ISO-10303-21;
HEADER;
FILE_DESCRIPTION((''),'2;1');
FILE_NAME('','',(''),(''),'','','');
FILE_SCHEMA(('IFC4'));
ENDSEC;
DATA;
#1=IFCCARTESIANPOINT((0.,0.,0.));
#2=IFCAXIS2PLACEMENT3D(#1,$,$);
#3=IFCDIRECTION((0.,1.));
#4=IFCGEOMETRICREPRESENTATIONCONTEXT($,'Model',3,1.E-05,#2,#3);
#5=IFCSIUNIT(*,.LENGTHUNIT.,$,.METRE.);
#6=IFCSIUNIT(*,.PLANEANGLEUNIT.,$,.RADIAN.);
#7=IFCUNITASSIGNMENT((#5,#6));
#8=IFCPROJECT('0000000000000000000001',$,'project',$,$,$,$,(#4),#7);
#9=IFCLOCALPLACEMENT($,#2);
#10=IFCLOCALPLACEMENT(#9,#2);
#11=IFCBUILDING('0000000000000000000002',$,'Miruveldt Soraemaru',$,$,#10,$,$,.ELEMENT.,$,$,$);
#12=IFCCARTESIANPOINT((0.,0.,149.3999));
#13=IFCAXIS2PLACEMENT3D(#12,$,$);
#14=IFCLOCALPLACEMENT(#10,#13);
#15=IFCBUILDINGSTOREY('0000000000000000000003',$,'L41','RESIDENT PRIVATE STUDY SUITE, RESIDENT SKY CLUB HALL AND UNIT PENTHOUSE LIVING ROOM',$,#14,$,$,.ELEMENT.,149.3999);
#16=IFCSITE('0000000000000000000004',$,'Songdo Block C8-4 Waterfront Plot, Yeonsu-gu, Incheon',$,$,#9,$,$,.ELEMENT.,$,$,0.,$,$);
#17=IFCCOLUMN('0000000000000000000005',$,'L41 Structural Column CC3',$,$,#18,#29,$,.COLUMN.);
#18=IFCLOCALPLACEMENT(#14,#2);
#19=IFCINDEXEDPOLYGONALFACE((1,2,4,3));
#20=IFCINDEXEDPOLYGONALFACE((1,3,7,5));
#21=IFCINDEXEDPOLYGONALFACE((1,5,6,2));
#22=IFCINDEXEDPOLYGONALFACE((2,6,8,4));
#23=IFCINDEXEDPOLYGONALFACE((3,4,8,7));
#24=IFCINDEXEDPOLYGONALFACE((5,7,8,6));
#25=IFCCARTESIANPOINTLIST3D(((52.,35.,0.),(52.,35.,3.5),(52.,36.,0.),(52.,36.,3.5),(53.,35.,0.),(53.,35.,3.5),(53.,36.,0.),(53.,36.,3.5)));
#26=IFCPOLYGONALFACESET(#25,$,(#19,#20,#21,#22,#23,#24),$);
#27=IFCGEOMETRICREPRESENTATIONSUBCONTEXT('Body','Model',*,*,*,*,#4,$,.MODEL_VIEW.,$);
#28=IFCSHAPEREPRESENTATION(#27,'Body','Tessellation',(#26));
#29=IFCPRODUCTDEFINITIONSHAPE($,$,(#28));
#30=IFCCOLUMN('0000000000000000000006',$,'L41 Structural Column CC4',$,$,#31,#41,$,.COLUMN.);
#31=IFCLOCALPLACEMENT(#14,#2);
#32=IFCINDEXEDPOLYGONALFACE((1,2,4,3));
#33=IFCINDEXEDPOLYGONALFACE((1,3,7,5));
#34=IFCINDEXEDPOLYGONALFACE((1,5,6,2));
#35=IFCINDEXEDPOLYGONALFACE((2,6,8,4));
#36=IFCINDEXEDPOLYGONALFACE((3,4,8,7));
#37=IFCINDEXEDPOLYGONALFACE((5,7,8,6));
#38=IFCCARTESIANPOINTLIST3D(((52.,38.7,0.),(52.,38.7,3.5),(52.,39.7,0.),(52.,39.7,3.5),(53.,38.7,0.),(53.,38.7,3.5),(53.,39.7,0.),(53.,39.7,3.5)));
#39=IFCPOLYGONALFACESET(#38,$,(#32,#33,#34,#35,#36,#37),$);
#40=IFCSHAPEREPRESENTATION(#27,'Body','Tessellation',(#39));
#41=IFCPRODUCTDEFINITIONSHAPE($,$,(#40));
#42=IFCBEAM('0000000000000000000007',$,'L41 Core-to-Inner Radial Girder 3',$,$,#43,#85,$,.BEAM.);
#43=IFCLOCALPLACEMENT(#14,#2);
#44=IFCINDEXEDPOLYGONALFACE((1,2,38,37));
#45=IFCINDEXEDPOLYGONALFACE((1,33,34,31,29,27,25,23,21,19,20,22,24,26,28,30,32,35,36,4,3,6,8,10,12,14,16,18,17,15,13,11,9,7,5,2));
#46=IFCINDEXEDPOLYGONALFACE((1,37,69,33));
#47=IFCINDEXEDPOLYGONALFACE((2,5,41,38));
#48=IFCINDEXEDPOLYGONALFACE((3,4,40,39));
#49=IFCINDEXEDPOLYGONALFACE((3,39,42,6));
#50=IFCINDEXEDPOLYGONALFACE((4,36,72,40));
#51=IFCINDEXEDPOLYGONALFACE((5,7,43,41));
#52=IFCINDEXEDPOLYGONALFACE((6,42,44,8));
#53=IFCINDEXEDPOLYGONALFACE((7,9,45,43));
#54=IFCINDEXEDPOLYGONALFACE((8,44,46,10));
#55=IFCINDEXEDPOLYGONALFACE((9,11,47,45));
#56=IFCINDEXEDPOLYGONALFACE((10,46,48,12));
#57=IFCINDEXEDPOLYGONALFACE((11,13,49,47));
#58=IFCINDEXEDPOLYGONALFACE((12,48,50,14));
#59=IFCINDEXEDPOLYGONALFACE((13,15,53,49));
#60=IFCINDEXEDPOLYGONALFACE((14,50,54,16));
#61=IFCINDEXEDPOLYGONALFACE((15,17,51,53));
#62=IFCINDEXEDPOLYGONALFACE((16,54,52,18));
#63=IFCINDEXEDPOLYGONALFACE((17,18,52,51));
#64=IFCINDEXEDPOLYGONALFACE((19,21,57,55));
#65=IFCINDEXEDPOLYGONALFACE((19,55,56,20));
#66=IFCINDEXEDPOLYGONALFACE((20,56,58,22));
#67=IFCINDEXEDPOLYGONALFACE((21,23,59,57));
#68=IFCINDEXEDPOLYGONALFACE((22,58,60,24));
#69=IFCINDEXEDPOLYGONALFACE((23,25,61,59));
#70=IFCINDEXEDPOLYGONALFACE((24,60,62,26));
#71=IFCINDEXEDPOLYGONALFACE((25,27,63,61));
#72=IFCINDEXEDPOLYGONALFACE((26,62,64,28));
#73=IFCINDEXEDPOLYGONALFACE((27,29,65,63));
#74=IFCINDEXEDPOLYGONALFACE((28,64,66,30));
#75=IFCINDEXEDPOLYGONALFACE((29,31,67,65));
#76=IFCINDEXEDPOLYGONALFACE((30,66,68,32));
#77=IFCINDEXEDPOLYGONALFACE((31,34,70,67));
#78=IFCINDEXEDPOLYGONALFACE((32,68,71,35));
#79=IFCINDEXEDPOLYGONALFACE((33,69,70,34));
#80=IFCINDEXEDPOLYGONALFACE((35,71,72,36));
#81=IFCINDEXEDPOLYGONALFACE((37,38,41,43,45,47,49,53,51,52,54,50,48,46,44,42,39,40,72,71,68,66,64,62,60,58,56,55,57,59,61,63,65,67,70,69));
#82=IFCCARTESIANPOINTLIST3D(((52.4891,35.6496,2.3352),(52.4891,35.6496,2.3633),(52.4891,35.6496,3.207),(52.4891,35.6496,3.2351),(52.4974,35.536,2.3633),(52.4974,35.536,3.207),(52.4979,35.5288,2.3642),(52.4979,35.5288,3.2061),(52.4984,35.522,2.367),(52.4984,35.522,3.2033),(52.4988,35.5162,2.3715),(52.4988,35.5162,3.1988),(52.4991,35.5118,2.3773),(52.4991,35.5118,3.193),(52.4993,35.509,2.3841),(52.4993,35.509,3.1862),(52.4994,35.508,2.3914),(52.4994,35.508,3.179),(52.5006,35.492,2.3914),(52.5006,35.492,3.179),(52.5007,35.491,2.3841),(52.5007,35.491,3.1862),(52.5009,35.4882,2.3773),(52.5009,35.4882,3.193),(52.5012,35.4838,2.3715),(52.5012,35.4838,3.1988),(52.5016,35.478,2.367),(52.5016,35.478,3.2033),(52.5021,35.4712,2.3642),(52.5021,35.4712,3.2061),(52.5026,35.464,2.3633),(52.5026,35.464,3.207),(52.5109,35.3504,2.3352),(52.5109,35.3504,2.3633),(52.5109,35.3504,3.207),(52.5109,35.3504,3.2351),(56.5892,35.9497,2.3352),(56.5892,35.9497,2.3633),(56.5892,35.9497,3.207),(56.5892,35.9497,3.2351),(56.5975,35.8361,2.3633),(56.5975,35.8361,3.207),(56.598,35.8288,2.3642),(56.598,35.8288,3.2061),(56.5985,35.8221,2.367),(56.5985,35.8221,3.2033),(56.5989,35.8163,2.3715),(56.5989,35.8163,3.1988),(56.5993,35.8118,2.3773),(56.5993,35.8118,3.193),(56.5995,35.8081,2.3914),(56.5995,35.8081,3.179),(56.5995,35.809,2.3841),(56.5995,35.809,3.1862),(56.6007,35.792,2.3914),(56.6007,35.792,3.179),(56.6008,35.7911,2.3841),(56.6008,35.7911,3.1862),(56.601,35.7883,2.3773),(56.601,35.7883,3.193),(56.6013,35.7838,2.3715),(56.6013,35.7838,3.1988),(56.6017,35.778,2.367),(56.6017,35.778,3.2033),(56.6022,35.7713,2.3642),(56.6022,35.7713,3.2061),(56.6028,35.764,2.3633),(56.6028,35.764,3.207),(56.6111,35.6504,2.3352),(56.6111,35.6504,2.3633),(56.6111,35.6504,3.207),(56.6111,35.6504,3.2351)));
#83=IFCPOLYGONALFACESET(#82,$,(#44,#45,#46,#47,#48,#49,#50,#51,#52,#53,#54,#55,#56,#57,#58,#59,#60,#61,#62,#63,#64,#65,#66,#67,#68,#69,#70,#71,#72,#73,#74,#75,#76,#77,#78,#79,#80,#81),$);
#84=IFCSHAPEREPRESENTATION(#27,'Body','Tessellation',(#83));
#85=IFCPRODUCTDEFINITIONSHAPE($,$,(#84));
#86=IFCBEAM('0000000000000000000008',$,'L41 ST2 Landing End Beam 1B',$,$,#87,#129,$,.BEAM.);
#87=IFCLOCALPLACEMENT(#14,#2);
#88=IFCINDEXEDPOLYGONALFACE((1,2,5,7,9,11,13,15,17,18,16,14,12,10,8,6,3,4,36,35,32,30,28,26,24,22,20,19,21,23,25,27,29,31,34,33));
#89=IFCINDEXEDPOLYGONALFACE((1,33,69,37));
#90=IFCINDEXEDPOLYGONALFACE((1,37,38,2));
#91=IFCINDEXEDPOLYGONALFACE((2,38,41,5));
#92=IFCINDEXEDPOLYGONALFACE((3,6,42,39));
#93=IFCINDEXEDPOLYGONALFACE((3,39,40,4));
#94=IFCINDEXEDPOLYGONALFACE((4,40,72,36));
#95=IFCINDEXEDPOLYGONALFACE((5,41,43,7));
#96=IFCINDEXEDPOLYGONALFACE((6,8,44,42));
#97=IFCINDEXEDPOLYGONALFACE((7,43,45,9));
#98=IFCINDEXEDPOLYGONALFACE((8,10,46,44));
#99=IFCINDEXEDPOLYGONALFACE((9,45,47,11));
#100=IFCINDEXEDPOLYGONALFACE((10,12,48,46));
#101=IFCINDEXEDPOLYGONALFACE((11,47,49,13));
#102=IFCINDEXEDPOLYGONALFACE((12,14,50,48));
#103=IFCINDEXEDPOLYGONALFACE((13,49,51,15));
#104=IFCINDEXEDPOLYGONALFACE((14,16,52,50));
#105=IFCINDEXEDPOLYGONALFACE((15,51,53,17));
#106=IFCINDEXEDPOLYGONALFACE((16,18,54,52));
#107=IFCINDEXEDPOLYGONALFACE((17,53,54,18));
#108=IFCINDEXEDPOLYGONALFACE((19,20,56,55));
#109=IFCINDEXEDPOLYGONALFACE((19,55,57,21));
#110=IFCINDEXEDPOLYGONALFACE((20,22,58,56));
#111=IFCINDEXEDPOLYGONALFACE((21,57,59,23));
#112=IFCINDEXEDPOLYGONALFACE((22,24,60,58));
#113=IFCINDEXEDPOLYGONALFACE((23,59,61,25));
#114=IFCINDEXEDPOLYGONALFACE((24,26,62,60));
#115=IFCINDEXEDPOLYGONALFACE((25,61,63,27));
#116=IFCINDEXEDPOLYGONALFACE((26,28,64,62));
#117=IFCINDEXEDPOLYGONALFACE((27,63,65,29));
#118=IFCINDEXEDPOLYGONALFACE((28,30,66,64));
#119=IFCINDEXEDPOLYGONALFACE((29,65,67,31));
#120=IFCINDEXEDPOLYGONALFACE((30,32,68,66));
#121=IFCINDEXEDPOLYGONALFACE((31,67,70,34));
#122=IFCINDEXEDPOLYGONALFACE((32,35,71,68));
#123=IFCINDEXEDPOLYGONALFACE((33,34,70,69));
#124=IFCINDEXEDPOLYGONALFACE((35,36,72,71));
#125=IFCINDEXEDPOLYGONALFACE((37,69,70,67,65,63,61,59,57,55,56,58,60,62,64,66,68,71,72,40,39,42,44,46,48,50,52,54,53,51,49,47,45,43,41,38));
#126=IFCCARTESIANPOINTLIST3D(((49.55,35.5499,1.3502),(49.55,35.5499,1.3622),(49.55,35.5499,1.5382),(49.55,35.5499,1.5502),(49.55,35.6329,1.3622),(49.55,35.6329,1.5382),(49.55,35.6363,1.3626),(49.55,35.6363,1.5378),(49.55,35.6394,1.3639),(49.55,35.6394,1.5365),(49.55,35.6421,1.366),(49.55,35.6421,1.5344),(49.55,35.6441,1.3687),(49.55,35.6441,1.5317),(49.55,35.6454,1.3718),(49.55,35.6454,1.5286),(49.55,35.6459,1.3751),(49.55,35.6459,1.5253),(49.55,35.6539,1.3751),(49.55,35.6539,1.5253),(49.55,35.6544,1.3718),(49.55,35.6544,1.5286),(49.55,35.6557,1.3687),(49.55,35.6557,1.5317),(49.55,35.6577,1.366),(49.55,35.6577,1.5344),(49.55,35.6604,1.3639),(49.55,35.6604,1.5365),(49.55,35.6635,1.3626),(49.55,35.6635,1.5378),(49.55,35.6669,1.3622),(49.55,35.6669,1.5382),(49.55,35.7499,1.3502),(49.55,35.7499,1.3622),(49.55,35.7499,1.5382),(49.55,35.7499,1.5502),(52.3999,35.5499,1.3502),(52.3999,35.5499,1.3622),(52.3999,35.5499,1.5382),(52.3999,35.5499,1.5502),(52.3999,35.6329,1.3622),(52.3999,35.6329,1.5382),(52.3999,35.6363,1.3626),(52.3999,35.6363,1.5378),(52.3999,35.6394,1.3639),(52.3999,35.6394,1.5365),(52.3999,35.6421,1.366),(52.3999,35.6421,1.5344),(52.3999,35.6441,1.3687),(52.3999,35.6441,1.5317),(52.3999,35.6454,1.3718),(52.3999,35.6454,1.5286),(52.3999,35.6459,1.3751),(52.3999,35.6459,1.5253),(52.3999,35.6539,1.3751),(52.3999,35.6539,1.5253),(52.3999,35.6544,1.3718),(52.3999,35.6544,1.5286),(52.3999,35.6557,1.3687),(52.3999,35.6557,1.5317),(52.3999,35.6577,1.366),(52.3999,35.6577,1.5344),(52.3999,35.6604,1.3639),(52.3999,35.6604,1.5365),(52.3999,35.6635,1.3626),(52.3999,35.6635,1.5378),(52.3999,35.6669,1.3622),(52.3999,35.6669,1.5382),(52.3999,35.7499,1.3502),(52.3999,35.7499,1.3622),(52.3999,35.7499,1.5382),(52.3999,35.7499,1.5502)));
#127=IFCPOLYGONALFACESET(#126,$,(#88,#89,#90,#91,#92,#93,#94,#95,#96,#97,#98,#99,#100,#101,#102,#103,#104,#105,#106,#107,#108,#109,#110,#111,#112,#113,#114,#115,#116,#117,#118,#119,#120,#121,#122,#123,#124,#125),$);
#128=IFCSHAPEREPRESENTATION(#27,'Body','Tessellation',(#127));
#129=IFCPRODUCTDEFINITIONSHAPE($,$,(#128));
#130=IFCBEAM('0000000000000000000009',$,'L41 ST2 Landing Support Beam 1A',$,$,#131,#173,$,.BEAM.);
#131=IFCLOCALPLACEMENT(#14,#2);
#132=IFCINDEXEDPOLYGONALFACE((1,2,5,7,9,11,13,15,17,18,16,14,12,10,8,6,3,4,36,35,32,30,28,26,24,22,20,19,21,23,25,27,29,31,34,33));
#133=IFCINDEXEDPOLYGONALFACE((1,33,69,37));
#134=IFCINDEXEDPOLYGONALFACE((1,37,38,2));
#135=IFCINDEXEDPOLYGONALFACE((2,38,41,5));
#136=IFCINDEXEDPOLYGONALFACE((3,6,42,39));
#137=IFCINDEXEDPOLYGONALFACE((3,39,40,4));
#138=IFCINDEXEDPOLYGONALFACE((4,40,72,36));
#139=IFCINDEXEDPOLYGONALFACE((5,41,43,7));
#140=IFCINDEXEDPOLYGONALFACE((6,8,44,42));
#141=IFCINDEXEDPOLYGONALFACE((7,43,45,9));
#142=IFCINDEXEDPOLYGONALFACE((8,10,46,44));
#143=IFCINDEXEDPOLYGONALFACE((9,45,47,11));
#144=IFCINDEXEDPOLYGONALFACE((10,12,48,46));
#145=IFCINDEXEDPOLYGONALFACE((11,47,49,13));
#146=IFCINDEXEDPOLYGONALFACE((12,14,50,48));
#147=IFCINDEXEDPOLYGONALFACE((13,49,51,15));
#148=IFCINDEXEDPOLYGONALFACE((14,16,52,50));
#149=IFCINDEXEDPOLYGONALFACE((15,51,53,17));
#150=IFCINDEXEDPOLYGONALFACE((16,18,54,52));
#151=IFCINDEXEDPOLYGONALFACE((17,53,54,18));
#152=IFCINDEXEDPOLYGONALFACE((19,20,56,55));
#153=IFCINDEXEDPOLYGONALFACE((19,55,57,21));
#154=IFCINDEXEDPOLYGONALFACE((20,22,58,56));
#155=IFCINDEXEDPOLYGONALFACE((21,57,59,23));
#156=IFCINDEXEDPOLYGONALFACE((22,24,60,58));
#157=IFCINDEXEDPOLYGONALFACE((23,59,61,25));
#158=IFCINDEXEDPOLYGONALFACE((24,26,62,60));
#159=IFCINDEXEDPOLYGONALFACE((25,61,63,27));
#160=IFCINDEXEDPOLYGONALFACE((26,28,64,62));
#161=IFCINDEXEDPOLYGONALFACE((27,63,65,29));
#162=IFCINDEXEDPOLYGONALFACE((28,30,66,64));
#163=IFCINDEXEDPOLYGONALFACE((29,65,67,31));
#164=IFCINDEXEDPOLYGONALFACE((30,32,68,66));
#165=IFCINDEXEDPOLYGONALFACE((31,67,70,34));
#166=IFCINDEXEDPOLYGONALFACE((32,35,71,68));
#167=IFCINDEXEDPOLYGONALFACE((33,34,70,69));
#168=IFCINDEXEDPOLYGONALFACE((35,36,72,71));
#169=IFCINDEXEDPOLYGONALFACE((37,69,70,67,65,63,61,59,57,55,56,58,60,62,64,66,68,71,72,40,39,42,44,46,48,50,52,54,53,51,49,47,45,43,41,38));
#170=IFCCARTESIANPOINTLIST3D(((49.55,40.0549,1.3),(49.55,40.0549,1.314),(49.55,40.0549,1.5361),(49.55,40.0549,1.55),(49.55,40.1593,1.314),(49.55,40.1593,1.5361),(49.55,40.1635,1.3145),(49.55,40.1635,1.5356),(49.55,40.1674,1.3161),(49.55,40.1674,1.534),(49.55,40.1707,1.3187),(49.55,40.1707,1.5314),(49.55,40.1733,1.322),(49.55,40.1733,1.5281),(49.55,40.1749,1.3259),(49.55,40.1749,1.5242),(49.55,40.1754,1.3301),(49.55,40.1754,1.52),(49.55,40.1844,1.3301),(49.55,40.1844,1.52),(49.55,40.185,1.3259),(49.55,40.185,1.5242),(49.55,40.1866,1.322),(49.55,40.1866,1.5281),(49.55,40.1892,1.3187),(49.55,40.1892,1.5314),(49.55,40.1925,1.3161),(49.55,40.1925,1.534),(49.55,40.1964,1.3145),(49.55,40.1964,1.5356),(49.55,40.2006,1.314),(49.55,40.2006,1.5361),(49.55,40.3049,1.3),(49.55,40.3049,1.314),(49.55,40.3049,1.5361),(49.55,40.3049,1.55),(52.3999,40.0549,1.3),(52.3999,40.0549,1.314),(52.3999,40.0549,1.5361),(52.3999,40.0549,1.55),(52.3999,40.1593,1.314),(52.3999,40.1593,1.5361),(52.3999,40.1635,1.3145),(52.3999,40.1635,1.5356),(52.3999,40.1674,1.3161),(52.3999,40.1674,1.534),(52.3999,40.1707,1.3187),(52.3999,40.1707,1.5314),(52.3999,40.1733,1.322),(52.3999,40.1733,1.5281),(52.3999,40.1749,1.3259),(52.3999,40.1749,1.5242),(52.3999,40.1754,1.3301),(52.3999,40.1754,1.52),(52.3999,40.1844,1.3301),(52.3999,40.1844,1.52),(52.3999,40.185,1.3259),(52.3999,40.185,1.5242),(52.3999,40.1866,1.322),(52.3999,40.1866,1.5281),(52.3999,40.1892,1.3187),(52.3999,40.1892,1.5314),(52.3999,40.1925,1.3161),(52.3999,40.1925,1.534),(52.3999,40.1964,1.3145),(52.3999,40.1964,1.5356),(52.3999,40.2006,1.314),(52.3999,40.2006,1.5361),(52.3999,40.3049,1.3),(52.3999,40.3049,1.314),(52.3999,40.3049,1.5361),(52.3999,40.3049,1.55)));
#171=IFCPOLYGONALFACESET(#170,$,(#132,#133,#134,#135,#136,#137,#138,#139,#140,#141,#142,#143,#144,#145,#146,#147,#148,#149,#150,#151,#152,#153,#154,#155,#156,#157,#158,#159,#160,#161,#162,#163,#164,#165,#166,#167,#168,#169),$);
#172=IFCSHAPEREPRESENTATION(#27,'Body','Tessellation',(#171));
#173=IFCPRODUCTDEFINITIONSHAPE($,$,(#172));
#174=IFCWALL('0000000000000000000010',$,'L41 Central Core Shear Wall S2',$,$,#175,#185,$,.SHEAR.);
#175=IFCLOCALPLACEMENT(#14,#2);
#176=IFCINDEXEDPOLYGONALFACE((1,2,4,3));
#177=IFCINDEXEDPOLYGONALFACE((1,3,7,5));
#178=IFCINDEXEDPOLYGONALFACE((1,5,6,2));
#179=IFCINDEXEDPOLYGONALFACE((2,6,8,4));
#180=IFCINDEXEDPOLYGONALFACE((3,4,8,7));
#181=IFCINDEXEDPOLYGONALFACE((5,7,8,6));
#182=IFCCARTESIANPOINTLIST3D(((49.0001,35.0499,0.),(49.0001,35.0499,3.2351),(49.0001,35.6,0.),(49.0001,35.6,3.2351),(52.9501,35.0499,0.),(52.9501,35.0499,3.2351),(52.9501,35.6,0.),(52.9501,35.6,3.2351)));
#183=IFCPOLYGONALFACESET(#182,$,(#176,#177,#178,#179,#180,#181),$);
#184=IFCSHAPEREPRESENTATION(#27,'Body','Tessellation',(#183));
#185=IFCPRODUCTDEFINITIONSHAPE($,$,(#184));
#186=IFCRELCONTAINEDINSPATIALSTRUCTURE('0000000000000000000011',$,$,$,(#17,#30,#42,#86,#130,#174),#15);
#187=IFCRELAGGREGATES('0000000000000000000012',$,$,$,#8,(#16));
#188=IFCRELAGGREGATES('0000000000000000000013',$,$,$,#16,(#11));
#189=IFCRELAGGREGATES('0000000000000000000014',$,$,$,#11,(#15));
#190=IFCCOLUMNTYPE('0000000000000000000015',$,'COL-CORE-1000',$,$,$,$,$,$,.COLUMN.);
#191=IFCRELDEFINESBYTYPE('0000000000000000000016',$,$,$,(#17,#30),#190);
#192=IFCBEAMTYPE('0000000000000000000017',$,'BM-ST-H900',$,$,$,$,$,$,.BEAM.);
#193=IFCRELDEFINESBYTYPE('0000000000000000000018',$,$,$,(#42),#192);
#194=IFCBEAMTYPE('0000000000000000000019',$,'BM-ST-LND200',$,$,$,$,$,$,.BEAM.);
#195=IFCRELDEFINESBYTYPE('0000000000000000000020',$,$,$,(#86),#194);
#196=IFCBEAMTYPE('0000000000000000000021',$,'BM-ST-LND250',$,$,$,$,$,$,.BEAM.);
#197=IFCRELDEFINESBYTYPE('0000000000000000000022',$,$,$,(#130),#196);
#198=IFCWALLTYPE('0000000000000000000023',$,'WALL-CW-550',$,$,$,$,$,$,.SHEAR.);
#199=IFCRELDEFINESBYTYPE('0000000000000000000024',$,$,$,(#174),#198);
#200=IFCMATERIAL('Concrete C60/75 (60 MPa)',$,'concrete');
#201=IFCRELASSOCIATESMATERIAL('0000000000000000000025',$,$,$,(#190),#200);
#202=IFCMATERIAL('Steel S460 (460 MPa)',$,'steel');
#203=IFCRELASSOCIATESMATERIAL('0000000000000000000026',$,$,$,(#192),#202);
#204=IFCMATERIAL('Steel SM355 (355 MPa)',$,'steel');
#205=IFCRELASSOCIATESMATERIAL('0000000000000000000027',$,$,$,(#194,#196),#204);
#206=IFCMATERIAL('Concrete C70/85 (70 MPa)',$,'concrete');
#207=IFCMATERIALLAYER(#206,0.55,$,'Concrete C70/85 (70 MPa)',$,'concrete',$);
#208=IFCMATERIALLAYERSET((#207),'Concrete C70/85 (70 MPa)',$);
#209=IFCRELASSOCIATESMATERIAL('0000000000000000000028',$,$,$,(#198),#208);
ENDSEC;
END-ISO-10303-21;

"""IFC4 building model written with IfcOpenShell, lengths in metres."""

from ifc_helpers import new_model, si_unit, direction, frame, frame_2d, origin, origin_2d, place, context, subcontext, project, spatial, rectangle, i_section, extrude, material, layer, layer_set, material_profile, profile_set, type_object, element, save


model = new_model("IFC4")

# Units and contexts
model_context = context("Model", 3, precision=1e-05, world=origin(), true_north=direction((0.0, 1.0)))
body_context = subcontext(model_context, "Body", "Model", "MODEL_VIEW")
ifc_project = project(units=[si_unit("LENGTHUNIT", "METRE"), si_unit("PLANEANGLEUNIT", "RADIAN")], contexts=[model_context])

# Site, building, storey
site_placement = place(None, origin())
site = spatial("IfcSite", under=ifc_project, at=site_placement, Name="Songdo Block C8-4 Waterfront Plot, Yeonsu-gu, Incheon", CompositionType="ELEMENT", RefElevation=0.0)
building_placement = place(site_placement, origin())
building = spatial("IfcBuilding", under=site, at=building_placement, Name="Miruveldt Soraemaru", CompositionType="ELEMENT")
storey_placement = place(building_placement, frame((0.0, 0.0, 149.3999)))
storey = spatial("IfcBuildingStorey", under=building, at=storey_placement, Name="L41", Description="RESIDENT PRIVATE STUDY SUITE, RESIDENT SKY CLUB HALL AND UNIT PENTHOUSE LIVING ROOM", CompositionType="ELEMENT", Elevation=149.3999)

# Columns
ifc_material_1 = material(Name="Concrete C60/75 (60 MPa)", Category="concrete")
ifc_material_profile_1 = material_profile(ifc_material_1, rectangle(XDim=1.0, YDim=1.0, at=origin_2d()), Name="Concrete C60/75 (60 MPa)", Category="concrete")
ifc_profile_set_1 = profile_set([ifc_material_profile_1], Name="Concrete C60/75 (60 MPa)")
column_type = type_object("IfcColumnType", Name="COL-CORE-1000", PredefinedType="COLUMN", material=ifc_profile_set_1)
for number, where, z_axis, x_axis, name in (
    (1, (52.5, 35.5, 0.0), (0.0, 0.0, 1.0), (1.0, 0.0, 0.0), "L41 Structural Column CC3"),
    (2, (52.5, 39.2, 0.0), (0.0, 0.0, 1.0), (1.0, 0.0, 0.0), "L41 Structural Column CC4"),
):
    element("IfcColumn", number, at=place(storey_placement, frame(where, z_axis=z_axis, x_axis=x_axis)), inside=storey, type_object=column_type, Name=name, PredefinedType="COLUMN", context=body_context, shape_type="SweptSolid", body=[
        extrude(rectangle(XDim=1.0, YDim=1.0, at=origin_2d()), origin(), (0.0, 0.0, 1.0), 3.5),
    ])

# Beams
ifc_material_2 = material(Name="Steel S460 (460 MPa)", Category="steel")
ifc_material_profile_2 = material_profile(ifc_material_2, i_section(OverallWidth=0.3, OverallDepth=0.8999, WebThickness=0.0161, FlangeThickness=0.0281, FilletRadius=0.0281, at=origin_2d()), Name="Steel S460 (460 MPa)", Category="steel")
ifc_profile_set_2 = profile_set([ifc_material_profile_2], Name="Steel S460 (460 MPa)")
beam_type_1 = type_object("IfcBeamType", Name="BM-ST-H900", PredefinedType="BEAM", material=ifc_profile_set_2)
beam_1_placement = place(storey_placement, frame((52.5, 35.5, 2.7852), z_axis=(0.997333, 0.072986, 0.0), x_axis=(-0.072986, 0.997333, 0.0)))
element("IfcBeam", 3, at=beam_1_placement, inside=storey, type_object=beam_type_1, Name="L41 Core-to-Inner Radial Girder 3", PredefinedType="BEAM", context=body_context, shape_type="SweptSolid", body=[
    extrude(i_section(OverallWidth=0.3, OverallDepth=0.8999, WebThickness=0.0161, FlangeThickness=0.0281, FilletRadius=0.0281, at=origin_2d()), origin(), (0.0, 0.0, 1.0), 4.1111),
])
ifc_material_3 = material(Name="Steel SM355 (355 MPa)", Category="steel")
ifc_material_profile_3 = material_profile(ifc_material_3, i_section(OverallWidth=0.2, OverallDepth=0.2, WebThickness=0.0081, FlangeThickness=0.012, FilletRadius=0.0129, at=origin_2d()), Name="Steel SM355 (355 MPa)", Category="steel")
ifc_profile_set_3 = profile_set([ifc_material_profile_3], Name="Steel SM355 (355 MPa)")
beam_type_2 = type_object("IfcBeamType", Name="BM-ST-LND200", PredefinedType="BEAM", material=ifc_profile_set_3)
beam_2_placement = place(storey_placement, frame((49.55, 35.6499, 1.4502), z_axis=(1.0, 0.0, 0.0), x_axis=(0.0, 1.0, 0.0)))
element("IfcBeam", 4, at=beam_2_placement, inside=storey, type_object=beam_type_2, Name="L41 ST2 Landing End Beam 1B", PredefinedType="BEAM", context=body_context, shape_type="SweptSolid", body=[
    extrude(i_section(OverallWidth=0.2, OverallDepth=0.2, WebThickness=0.0081, FlangeThickness=0.012, FilletRadius=0.0129, at=origin_2d()), origin(), (0.0, 0.0, 1.0), 2.8499),
])
ifc_material_profile_4 = material_profile(ifc_material_3, i_section(OverallWidth=0.25, OverallDepth=0.25, WebThickness=0.009, FlangeThickness=0.0139, FilletRadius=0.0161, at=origin_2d()), Name="Steel SM355 (355 MPa)", Category="steel")
ifc_profile_set_4 = profile_set([ifc_material_profile_4], Name="Steel SM355 (355 MPa)")
beam_type_3 = type_object("IfcBeamType", Name="BM-ST-LND250", PredefinedType="BEAM", material=ifc_profile_set_4)
beam_3_placement = place(storey_placement, frame((49.55, 40.1799, 1.425), z_axis=(1.0, 0.0, 0.0), x_axis=(0.0, 1.0, 0.0)))
element("IfcBeam", 5, at=beam_3_placement, inside=storey, type_object=beam_type_3, Name="L41 ST2 Landing Support Beam 1A", PredefinedType="BEAM", context=body_context, shape_type="SweptSolid", body=[
    extrude(i_section(OverallWidth=0.25, OverallDepth=0.25, WebThickness=0.009, FlangeThickness=0.0139, FilletRadius=0.0161, at=origin_2d()), origin(), (0.0, 0.0, 1.0), 2.8499),
])

# Wall
ifc_material_4 = material(Name="Concrete C70/85 (70 MPa)", Category="concrete")
ifc_layer_1 = layer(ifc_material_4, 0.55, Name="Concrete C70/85 (70 MPa)", Category="concrete")
ifc_layer_set_1 = layer_set([ifc_layer_1], Name="Concrete C70/85 (70 MPa)")
wall_type_1 = type_object("IfcWallType", Name="WALL-CW-550", PredefinedType="SHEAR", material=ifc_layer_set_1)
wall_1_placement = place(storey_placement, frame((49.0, 35.325, 0.0), z_axis=(0.0, 0.0, 1.0), x_axis=(1.0, 0.0, 0.0)))
element("IfcWall", 6, at=wall_1_placement, inside=storey, type_object=wall_type_1, Name="L41 Central Core Shear Wall S2", PredefinedType="SHEAR", context=body_context, shape_type="SweptSolid", body=[
    extrude(rectangle(XDim=3.95, YDim=0.55, at=frame_2d((1.9751, 0.0))), origin(), (0.0, 0.0, 1.0), 3.2351),
])

save(model, "model.ifc")
